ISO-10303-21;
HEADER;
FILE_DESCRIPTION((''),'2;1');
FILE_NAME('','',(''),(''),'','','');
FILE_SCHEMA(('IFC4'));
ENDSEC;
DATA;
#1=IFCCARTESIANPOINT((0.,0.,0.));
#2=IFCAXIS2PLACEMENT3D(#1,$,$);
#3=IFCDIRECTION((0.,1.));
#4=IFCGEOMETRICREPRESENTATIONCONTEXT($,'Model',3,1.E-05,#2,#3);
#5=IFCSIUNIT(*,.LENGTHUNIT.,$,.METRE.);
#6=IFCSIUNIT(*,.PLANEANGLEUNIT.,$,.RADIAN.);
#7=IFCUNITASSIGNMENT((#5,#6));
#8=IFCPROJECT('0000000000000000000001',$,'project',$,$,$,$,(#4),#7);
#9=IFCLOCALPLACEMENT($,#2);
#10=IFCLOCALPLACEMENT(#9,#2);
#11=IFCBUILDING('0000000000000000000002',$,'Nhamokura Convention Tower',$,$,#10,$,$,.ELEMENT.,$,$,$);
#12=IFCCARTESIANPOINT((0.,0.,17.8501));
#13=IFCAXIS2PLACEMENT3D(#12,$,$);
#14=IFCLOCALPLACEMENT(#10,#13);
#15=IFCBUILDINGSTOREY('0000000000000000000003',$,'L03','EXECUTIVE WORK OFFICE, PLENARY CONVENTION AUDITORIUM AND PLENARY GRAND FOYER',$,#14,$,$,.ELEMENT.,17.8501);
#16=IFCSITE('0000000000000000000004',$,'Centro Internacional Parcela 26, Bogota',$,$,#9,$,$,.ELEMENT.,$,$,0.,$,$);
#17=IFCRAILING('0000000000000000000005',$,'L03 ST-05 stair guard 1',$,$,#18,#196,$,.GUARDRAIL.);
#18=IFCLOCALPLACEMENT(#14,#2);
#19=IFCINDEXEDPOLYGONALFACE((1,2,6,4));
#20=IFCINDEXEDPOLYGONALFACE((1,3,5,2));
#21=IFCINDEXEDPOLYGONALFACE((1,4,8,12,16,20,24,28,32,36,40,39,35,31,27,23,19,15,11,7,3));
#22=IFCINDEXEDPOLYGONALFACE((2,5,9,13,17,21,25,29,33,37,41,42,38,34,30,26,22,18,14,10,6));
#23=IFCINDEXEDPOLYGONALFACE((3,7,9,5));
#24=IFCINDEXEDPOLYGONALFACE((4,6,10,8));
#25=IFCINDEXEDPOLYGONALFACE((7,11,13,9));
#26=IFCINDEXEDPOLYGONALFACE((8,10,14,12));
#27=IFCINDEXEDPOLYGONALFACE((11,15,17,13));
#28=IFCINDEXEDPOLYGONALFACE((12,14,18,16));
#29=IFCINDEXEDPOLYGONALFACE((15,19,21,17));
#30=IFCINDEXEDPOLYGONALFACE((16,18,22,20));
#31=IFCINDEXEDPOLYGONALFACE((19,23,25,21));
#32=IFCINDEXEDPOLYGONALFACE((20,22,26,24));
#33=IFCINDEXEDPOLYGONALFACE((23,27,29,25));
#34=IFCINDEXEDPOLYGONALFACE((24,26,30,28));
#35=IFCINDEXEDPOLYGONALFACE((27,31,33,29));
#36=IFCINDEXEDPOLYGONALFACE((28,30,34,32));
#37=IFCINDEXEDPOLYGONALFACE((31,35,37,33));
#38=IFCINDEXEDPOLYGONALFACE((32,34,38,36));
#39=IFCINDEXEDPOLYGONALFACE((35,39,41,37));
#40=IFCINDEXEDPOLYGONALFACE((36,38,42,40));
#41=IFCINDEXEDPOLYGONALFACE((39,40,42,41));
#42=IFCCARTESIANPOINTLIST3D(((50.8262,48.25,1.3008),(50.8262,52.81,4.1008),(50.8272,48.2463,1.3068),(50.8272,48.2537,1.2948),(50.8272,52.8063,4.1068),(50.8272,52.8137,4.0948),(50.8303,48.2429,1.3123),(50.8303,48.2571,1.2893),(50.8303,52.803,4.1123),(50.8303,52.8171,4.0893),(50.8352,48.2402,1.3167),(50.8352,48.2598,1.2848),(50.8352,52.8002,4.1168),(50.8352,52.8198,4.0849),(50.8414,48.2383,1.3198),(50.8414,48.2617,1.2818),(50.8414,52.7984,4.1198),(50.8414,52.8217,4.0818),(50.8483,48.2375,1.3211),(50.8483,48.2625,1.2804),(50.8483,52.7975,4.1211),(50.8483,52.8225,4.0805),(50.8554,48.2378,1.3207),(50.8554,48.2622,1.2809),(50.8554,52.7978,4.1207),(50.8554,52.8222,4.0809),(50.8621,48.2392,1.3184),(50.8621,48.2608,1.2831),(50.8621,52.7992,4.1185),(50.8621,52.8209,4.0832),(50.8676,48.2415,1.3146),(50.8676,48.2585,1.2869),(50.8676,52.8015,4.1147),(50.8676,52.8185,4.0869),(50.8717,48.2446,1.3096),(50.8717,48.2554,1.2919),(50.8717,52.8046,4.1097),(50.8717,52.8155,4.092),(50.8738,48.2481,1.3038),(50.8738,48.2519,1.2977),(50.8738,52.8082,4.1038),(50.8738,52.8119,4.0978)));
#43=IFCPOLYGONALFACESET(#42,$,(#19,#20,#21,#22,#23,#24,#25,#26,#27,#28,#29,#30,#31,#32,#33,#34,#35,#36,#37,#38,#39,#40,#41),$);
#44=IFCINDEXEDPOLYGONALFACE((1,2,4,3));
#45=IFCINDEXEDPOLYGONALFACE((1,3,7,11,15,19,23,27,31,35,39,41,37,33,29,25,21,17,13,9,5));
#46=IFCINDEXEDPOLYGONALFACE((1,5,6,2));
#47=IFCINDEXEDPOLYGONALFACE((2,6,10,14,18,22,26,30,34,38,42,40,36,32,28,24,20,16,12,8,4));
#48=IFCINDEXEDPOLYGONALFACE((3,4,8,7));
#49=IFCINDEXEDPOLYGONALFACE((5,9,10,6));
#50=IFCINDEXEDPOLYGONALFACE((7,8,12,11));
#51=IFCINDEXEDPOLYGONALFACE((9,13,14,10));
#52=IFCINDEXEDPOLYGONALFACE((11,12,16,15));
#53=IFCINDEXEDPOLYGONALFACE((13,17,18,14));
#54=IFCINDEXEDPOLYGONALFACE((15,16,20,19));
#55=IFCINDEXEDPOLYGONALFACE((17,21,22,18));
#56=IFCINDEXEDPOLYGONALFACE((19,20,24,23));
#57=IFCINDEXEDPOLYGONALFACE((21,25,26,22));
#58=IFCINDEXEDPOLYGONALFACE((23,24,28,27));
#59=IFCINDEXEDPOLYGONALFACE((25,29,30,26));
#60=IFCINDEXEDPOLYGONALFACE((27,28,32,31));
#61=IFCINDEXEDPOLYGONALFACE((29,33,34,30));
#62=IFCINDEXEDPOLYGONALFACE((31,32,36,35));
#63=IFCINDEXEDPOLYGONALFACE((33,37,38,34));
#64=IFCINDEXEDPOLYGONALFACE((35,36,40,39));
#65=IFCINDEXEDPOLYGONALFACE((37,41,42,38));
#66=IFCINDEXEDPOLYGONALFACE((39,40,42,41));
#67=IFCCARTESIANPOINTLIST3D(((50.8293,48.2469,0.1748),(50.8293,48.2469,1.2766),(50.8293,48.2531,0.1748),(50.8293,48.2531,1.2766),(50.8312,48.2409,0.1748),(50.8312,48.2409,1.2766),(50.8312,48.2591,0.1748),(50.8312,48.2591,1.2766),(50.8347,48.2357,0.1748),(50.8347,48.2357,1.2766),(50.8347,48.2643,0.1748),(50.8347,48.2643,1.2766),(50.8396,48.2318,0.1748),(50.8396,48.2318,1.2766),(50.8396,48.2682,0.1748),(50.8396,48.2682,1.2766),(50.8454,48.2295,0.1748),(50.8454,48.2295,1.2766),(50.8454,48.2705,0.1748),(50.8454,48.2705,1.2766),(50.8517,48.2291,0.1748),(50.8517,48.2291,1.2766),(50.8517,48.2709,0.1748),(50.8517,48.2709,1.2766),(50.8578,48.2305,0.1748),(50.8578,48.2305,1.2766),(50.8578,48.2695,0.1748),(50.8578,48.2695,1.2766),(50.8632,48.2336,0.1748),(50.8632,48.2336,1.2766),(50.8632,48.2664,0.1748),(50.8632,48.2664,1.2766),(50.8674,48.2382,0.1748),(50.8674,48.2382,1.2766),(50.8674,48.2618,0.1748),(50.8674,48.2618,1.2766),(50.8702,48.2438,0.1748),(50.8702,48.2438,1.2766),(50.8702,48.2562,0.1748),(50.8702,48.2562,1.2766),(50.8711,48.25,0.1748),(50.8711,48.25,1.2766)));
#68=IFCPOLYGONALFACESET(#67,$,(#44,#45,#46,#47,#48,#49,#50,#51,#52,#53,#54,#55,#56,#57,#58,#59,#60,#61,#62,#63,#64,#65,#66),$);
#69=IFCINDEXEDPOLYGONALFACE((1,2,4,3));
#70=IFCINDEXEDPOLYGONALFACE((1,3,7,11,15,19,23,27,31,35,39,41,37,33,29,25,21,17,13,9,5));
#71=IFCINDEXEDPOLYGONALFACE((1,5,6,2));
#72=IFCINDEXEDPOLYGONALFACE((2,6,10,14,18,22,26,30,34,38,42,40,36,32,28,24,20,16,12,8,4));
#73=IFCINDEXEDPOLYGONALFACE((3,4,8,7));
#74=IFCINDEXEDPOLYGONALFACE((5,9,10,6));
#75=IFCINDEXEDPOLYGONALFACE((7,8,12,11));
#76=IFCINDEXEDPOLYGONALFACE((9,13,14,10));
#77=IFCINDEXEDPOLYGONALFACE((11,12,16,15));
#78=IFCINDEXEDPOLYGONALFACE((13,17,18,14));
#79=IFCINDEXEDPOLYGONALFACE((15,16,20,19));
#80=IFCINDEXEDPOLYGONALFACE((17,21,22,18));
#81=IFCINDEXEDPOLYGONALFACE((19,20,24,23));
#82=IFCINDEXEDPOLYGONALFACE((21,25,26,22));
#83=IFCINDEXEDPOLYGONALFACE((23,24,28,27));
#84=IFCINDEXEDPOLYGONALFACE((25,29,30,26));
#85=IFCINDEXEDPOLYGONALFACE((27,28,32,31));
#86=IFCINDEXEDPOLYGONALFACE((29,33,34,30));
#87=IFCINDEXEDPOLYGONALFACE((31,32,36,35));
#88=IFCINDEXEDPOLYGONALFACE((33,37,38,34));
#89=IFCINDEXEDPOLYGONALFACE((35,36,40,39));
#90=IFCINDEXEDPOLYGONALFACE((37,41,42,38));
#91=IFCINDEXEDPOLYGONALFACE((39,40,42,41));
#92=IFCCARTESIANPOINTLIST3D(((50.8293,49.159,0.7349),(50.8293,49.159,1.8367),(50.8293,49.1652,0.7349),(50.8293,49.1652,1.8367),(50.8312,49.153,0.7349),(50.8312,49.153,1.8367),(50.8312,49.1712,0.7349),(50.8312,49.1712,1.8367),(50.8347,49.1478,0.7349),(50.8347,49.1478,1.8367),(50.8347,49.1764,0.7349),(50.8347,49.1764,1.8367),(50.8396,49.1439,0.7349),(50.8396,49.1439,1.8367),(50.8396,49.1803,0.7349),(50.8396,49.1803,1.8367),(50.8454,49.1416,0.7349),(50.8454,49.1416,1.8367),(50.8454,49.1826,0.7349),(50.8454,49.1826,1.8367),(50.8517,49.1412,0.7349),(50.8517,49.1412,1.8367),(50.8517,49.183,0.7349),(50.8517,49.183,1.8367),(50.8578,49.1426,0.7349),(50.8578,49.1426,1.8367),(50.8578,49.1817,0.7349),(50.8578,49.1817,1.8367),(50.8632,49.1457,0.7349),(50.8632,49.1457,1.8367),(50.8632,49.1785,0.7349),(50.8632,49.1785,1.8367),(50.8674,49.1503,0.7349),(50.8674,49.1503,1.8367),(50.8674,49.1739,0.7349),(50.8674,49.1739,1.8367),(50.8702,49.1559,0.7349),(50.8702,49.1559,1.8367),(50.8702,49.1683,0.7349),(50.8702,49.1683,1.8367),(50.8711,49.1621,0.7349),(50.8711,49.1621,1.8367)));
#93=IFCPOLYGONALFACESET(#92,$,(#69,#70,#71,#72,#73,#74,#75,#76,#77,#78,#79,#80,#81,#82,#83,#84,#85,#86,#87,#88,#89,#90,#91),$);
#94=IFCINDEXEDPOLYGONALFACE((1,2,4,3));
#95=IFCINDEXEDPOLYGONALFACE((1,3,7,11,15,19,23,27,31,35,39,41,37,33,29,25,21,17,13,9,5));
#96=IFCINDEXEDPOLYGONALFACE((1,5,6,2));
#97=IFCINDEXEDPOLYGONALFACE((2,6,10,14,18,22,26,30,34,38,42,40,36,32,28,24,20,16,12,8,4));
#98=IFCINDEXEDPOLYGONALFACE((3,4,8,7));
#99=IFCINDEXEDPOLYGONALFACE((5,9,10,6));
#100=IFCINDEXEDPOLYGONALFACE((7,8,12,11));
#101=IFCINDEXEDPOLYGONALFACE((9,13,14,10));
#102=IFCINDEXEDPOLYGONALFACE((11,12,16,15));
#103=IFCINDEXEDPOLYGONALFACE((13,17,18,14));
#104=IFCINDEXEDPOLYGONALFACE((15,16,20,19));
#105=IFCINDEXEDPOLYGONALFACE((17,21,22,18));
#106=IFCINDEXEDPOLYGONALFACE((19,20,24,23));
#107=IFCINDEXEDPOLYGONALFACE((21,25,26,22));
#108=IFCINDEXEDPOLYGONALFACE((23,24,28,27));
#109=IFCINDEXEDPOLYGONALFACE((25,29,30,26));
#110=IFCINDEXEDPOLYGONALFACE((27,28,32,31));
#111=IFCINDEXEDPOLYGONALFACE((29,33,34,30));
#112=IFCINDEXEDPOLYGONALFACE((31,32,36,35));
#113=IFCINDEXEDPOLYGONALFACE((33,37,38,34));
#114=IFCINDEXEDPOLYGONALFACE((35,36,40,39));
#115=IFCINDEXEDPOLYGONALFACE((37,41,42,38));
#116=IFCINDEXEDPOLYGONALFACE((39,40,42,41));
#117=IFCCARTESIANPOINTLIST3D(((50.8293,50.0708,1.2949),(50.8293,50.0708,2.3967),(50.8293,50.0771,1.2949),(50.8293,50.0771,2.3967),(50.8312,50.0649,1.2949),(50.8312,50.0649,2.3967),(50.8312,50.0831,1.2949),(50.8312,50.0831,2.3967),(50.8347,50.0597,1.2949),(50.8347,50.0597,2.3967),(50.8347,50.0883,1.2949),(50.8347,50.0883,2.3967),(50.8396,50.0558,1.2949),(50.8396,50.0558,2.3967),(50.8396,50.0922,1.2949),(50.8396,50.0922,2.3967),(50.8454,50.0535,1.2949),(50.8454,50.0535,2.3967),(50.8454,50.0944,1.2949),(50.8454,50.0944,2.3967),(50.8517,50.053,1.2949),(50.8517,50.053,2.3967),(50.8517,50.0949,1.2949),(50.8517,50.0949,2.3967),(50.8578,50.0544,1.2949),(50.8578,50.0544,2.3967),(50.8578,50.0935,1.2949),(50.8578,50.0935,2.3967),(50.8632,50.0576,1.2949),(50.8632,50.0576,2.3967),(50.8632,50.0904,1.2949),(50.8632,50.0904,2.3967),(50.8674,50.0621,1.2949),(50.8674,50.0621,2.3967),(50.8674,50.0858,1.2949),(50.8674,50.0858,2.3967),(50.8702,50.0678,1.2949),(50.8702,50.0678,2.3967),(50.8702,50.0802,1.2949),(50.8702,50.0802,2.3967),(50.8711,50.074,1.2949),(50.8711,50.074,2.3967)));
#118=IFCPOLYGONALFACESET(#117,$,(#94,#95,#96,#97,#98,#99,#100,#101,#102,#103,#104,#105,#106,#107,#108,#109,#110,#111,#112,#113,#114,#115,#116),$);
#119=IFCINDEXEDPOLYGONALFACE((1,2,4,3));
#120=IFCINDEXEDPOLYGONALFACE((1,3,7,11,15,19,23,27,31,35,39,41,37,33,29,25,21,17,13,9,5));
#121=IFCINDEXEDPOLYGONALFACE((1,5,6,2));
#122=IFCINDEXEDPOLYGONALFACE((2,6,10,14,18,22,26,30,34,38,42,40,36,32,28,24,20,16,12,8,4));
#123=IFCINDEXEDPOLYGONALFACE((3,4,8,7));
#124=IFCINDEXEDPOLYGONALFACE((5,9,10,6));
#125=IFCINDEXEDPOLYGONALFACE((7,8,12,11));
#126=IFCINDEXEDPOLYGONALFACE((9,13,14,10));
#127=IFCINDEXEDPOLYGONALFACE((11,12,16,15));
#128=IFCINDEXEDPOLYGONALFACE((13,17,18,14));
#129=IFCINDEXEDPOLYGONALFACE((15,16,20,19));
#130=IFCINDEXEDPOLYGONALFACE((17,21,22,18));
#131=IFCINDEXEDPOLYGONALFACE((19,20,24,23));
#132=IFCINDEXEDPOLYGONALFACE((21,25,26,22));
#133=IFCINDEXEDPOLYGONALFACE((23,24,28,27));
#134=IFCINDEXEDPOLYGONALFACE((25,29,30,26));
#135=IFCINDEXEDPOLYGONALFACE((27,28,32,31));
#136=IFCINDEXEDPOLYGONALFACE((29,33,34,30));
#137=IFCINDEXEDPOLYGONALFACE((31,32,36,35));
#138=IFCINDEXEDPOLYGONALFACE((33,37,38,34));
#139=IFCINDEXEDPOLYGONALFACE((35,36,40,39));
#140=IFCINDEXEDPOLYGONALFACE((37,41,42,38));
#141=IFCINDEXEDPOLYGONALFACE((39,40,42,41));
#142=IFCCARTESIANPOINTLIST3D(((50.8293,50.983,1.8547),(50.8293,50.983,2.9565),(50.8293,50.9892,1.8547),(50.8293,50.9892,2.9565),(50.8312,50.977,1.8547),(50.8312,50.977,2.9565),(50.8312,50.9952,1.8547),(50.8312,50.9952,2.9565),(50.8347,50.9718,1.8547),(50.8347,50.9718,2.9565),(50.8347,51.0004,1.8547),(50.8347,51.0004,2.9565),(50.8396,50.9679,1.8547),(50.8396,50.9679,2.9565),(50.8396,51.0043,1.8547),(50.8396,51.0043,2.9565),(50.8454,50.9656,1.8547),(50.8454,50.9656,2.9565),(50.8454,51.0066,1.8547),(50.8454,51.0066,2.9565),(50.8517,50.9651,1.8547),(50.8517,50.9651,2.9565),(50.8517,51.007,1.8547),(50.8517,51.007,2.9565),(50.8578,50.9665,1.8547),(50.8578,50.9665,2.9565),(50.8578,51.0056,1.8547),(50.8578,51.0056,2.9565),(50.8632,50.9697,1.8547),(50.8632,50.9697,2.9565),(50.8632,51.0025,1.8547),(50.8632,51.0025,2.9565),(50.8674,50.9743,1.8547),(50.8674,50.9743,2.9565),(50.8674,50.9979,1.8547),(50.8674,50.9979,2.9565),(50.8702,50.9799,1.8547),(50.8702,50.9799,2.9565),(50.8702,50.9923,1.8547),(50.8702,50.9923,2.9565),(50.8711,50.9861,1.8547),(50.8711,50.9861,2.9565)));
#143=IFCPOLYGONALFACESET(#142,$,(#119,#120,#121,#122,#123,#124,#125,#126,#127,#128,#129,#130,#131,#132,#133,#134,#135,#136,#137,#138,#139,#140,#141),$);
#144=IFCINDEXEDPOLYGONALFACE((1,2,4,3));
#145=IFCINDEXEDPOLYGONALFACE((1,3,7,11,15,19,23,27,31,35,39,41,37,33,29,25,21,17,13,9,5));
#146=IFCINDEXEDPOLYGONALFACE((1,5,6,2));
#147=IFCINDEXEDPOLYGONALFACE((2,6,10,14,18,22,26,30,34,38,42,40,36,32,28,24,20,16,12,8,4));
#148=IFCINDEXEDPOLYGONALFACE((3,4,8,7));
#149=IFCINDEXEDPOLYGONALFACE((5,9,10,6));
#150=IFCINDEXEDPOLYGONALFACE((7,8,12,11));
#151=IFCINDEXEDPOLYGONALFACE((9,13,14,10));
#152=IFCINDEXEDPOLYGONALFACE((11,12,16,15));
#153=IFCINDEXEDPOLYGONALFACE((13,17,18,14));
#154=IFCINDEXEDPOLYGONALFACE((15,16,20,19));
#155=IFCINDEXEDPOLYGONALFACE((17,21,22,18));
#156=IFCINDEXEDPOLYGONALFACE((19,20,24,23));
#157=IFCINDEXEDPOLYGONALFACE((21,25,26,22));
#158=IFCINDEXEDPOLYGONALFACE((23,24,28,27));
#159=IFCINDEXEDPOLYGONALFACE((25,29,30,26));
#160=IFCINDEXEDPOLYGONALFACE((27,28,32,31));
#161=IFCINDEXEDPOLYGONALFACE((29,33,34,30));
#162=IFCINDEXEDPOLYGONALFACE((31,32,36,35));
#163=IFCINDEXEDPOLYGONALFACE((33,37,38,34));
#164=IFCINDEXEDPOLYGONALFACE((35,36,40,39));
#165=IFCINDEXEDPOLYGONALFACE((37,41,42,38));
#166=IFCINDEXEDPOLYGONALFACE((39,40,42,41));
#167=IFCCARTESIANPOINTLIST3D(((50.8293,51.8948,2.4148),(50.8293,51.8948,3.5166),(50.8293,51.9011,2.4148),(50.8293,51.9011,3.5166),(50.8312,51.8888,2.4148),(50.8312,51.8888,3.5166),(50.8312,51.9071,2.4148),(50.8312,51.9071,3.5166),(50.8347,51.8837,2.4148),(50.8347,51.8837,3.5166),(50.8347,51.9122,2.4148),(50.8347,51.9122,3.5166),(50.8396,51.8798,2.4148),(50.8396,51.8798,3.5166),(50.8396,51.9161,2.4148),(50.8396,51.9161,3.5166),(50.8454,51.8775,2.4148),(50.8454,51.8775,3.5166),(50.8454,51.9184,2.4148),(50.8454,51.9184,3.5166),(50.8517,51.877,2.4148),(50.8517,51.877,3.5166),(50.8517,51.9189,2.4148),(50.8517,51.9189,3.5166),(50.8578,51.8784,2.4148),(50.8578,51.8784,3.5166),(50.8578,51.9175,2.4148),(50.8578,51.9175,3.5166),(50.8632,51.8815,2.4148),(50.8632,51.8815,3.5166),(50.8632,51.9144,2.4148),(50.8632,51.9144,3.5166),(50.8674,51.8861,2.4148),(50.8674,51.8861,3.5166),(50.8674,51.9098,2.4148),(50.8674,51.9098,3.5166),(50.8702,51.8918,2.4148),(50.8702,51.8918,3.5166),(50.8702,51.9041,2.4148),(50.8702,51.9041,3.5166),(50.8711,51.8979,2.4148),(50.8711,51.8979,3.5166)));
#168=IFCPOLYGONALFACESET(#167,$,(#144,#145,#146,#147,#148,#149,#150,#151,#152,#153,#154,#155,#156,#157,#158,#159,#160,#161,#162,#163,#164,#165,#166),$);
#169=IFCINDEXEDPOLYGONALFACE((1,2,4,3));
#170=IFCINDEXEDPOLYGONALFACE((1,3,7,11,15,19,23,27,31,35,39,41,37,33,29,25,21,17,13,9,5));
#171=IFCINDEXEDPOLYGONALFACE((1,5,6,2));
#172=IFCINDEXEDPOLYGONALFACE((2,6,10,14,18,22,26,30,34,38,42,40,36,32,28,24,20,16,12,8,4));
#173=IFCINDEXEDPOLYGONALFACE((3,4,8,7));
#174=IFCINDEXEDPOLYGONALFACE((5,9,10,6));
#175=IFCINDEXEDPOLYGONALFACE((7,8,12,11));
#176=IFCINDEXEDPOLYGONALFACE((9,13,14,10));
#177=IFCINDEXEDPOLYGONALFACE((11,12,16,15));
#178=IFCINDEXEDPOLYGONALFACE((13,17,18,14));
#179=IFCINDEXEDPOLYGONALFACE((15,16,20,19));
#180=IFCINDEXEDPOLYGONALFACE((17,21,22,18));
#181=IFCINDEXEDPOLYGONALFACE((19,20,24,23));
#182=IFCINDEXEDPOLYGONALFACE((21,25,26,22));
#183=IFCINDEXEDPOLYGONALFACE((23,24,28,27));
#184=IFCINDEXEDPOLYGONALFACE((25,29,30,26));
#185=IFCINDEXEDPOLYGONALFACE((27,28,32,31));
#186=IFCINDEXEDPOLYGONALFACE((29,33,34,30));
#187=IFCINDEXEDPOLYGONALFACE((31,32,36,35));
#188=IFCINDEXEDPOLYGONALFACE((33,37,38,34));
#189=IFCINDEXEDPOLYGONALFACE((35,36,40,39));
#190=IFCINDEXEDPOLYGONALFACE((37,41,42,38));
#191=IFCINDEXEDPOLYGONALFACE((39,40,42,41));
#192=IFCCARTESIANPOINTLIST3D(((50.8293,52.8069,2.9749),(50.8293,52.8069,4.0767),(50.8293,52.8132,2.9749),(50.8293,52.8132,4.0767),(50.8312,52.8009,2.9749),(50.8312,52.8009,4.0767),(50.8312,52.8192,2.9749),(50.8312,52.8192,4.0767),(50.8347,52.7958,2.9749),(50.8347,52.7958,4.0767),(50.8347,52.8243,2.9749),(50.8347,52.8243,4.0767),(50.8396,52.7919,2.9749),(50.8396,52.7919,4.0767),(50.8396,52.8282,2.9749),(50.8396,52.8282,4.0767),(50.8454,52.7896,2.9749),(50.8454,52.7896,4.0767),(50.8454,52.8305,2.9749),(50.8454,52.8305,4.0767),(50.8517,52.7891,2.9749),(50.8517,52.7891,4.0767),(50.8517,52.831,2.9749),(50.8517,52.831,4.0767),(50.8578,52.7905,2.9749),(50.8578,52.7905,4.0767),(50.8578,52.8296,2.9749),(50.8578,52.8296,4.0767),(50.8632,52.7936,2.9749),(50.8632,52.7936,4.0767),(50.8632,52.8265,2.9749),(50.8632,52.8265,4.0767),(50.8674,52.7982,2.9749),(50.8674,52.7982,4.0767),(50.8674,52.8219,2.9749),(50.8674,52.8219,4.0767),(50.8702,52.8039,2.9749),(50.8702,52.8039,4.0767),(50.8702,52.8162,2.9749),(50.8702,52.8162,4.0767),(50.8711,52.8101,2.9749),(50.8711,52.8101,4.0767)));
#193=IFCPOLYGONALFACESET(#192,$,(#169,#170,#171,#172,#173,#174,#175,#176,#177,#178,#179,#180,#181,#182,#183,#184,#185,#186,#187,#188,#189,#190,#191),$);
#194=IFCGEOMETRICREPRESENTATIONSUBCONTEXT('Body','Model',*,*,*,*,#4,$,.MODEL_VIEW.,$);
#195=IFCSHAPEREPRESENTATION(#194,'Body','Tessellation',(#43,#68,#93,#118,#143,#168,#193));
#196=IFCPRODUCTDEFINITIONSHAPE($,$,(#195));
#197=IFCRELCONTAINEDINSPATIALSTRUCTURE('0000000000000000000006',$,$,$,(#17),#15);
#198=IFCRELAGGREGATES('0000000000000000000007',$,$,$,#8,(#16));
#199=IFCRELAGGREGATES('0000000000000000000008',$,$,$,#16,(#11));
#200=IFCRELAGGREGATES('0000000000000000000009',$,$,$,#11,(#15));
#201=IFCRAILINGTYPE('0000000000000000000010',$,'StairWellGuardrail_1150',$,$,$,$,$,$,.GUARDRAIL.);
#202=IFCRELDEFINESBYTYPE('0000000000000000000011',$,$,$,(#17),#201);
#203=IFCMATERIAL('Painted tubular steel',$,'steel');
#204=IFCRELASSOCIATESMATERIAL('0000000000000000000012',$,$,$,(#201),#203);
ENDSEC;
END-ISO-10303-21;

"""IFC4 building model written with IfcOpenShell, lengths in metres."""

from ifc_helpers import new_model, si_unit, direction, frame, origin, origin_2d, place, context, subcontext, project, spatial, circle, extrude, material, type_object, element, save


model = new_model("IFC4")

# Units and contexts
model_context = context("Model", 3, precision=1e-05, world=origin(), true_north=direction((0.0, 1.0)))
body_context = subcontext(model_context, "Body", "Model", "MODEL_VIEW")
ifc_project = project(units=[si_unit("LENGTHUNIT", "METRE"), si_unit("PLANEANGLEUNIT", "RADIAN")], contexts=[model_context])

# Site, building, storey
site_placement = place(None, origin())
site = spatial("IfcSite", under=ifc_project, at=site_placement, Name="Centro Internacional Parcela 26, Bogota", CompositionType="ELEMENT", RefElevation=0.0)
building_placement = place(site_placement, origin())
building = spatial("IfcBuilding", under=site, at=building_placement, Name="Nhamokura Convention Tower", CompositionType="ELEMENT")
storey_placement = place(building_placement, frame((0.0, 0.0, 17.8501)))
storey = spatial("IfcBuildingStorey", under=building, at=storey_placement, Name="L03", Description="EXECUTIVE WORK OFFICE, PLENARY CONVENTION AUDITORIUM AND PLENARY GRAND FOYER", CompositionType="ELEMENT", Elevation=17.8501)

# Railing
ifc_material_1 = material(Name="Painted tubular steel", Category="steel")
railing_type_1 = type_object("IfcRailingType", Name="StairWellGuardrail_1150", PredefinedType="GUARDRAIL", material=ifc_material_1)
railing_1_placement = place(storey_placement, frame((50.8501, 48.25, 0.1748)))
element("IfcRailing", 1, at=railing_1_placement, inside=storey, type_object=railing_type_1, Name="L03 ST-05 stair guard 1", PredefinedType="GUARDRAIL", context=body_context, shape_type="SweptSolid", body=[
    extrude(circle(Radius=0.0239, at=origin_2d()), frame((0.0, 0.0, 1.126), z_axis=(0.0, 0.85217, 0.523265), x_axis=(-1.0, 0.0, 0.0)), (0.0, 0.0, 1.0), 5.3511),
    extrude(circle(Radius=0.021, at=origin_2d()), origin(), (0.0, 0.0, 1.0), 1.1018),
    extrude(circle(Radius=0.021, at=origin_2d()), frame((0.0, 0.9121, 0.5601)), (0.0, 0.0, 1.0), 1.1018),
    extrude(circle(Radius=0.021, at=origin_2d()), frame((0.0, 1.824, 1.1201)), (0.0, 0.0, 1.0), 1.1018),
    extrude(circle(Radius=0.021, at=origin_2d()), frame((0.0, 2.7361, 1.6799)), (0.0, 0.0, 1.0), 1.1018),
    extrude(circle(Radius=0.021, at=origin_2d()), frame((0.0, 3.6479, 2.24)), (0.0, 0.0, 1.0), 1.1018),
    extrude(circle(Radius=0.021, at=origin_2d()), frame((0.0, 4.5601, 2.8)), (0.0, 0.0, 1.0), 1.1018),
])

save(model, "model.ifc")
